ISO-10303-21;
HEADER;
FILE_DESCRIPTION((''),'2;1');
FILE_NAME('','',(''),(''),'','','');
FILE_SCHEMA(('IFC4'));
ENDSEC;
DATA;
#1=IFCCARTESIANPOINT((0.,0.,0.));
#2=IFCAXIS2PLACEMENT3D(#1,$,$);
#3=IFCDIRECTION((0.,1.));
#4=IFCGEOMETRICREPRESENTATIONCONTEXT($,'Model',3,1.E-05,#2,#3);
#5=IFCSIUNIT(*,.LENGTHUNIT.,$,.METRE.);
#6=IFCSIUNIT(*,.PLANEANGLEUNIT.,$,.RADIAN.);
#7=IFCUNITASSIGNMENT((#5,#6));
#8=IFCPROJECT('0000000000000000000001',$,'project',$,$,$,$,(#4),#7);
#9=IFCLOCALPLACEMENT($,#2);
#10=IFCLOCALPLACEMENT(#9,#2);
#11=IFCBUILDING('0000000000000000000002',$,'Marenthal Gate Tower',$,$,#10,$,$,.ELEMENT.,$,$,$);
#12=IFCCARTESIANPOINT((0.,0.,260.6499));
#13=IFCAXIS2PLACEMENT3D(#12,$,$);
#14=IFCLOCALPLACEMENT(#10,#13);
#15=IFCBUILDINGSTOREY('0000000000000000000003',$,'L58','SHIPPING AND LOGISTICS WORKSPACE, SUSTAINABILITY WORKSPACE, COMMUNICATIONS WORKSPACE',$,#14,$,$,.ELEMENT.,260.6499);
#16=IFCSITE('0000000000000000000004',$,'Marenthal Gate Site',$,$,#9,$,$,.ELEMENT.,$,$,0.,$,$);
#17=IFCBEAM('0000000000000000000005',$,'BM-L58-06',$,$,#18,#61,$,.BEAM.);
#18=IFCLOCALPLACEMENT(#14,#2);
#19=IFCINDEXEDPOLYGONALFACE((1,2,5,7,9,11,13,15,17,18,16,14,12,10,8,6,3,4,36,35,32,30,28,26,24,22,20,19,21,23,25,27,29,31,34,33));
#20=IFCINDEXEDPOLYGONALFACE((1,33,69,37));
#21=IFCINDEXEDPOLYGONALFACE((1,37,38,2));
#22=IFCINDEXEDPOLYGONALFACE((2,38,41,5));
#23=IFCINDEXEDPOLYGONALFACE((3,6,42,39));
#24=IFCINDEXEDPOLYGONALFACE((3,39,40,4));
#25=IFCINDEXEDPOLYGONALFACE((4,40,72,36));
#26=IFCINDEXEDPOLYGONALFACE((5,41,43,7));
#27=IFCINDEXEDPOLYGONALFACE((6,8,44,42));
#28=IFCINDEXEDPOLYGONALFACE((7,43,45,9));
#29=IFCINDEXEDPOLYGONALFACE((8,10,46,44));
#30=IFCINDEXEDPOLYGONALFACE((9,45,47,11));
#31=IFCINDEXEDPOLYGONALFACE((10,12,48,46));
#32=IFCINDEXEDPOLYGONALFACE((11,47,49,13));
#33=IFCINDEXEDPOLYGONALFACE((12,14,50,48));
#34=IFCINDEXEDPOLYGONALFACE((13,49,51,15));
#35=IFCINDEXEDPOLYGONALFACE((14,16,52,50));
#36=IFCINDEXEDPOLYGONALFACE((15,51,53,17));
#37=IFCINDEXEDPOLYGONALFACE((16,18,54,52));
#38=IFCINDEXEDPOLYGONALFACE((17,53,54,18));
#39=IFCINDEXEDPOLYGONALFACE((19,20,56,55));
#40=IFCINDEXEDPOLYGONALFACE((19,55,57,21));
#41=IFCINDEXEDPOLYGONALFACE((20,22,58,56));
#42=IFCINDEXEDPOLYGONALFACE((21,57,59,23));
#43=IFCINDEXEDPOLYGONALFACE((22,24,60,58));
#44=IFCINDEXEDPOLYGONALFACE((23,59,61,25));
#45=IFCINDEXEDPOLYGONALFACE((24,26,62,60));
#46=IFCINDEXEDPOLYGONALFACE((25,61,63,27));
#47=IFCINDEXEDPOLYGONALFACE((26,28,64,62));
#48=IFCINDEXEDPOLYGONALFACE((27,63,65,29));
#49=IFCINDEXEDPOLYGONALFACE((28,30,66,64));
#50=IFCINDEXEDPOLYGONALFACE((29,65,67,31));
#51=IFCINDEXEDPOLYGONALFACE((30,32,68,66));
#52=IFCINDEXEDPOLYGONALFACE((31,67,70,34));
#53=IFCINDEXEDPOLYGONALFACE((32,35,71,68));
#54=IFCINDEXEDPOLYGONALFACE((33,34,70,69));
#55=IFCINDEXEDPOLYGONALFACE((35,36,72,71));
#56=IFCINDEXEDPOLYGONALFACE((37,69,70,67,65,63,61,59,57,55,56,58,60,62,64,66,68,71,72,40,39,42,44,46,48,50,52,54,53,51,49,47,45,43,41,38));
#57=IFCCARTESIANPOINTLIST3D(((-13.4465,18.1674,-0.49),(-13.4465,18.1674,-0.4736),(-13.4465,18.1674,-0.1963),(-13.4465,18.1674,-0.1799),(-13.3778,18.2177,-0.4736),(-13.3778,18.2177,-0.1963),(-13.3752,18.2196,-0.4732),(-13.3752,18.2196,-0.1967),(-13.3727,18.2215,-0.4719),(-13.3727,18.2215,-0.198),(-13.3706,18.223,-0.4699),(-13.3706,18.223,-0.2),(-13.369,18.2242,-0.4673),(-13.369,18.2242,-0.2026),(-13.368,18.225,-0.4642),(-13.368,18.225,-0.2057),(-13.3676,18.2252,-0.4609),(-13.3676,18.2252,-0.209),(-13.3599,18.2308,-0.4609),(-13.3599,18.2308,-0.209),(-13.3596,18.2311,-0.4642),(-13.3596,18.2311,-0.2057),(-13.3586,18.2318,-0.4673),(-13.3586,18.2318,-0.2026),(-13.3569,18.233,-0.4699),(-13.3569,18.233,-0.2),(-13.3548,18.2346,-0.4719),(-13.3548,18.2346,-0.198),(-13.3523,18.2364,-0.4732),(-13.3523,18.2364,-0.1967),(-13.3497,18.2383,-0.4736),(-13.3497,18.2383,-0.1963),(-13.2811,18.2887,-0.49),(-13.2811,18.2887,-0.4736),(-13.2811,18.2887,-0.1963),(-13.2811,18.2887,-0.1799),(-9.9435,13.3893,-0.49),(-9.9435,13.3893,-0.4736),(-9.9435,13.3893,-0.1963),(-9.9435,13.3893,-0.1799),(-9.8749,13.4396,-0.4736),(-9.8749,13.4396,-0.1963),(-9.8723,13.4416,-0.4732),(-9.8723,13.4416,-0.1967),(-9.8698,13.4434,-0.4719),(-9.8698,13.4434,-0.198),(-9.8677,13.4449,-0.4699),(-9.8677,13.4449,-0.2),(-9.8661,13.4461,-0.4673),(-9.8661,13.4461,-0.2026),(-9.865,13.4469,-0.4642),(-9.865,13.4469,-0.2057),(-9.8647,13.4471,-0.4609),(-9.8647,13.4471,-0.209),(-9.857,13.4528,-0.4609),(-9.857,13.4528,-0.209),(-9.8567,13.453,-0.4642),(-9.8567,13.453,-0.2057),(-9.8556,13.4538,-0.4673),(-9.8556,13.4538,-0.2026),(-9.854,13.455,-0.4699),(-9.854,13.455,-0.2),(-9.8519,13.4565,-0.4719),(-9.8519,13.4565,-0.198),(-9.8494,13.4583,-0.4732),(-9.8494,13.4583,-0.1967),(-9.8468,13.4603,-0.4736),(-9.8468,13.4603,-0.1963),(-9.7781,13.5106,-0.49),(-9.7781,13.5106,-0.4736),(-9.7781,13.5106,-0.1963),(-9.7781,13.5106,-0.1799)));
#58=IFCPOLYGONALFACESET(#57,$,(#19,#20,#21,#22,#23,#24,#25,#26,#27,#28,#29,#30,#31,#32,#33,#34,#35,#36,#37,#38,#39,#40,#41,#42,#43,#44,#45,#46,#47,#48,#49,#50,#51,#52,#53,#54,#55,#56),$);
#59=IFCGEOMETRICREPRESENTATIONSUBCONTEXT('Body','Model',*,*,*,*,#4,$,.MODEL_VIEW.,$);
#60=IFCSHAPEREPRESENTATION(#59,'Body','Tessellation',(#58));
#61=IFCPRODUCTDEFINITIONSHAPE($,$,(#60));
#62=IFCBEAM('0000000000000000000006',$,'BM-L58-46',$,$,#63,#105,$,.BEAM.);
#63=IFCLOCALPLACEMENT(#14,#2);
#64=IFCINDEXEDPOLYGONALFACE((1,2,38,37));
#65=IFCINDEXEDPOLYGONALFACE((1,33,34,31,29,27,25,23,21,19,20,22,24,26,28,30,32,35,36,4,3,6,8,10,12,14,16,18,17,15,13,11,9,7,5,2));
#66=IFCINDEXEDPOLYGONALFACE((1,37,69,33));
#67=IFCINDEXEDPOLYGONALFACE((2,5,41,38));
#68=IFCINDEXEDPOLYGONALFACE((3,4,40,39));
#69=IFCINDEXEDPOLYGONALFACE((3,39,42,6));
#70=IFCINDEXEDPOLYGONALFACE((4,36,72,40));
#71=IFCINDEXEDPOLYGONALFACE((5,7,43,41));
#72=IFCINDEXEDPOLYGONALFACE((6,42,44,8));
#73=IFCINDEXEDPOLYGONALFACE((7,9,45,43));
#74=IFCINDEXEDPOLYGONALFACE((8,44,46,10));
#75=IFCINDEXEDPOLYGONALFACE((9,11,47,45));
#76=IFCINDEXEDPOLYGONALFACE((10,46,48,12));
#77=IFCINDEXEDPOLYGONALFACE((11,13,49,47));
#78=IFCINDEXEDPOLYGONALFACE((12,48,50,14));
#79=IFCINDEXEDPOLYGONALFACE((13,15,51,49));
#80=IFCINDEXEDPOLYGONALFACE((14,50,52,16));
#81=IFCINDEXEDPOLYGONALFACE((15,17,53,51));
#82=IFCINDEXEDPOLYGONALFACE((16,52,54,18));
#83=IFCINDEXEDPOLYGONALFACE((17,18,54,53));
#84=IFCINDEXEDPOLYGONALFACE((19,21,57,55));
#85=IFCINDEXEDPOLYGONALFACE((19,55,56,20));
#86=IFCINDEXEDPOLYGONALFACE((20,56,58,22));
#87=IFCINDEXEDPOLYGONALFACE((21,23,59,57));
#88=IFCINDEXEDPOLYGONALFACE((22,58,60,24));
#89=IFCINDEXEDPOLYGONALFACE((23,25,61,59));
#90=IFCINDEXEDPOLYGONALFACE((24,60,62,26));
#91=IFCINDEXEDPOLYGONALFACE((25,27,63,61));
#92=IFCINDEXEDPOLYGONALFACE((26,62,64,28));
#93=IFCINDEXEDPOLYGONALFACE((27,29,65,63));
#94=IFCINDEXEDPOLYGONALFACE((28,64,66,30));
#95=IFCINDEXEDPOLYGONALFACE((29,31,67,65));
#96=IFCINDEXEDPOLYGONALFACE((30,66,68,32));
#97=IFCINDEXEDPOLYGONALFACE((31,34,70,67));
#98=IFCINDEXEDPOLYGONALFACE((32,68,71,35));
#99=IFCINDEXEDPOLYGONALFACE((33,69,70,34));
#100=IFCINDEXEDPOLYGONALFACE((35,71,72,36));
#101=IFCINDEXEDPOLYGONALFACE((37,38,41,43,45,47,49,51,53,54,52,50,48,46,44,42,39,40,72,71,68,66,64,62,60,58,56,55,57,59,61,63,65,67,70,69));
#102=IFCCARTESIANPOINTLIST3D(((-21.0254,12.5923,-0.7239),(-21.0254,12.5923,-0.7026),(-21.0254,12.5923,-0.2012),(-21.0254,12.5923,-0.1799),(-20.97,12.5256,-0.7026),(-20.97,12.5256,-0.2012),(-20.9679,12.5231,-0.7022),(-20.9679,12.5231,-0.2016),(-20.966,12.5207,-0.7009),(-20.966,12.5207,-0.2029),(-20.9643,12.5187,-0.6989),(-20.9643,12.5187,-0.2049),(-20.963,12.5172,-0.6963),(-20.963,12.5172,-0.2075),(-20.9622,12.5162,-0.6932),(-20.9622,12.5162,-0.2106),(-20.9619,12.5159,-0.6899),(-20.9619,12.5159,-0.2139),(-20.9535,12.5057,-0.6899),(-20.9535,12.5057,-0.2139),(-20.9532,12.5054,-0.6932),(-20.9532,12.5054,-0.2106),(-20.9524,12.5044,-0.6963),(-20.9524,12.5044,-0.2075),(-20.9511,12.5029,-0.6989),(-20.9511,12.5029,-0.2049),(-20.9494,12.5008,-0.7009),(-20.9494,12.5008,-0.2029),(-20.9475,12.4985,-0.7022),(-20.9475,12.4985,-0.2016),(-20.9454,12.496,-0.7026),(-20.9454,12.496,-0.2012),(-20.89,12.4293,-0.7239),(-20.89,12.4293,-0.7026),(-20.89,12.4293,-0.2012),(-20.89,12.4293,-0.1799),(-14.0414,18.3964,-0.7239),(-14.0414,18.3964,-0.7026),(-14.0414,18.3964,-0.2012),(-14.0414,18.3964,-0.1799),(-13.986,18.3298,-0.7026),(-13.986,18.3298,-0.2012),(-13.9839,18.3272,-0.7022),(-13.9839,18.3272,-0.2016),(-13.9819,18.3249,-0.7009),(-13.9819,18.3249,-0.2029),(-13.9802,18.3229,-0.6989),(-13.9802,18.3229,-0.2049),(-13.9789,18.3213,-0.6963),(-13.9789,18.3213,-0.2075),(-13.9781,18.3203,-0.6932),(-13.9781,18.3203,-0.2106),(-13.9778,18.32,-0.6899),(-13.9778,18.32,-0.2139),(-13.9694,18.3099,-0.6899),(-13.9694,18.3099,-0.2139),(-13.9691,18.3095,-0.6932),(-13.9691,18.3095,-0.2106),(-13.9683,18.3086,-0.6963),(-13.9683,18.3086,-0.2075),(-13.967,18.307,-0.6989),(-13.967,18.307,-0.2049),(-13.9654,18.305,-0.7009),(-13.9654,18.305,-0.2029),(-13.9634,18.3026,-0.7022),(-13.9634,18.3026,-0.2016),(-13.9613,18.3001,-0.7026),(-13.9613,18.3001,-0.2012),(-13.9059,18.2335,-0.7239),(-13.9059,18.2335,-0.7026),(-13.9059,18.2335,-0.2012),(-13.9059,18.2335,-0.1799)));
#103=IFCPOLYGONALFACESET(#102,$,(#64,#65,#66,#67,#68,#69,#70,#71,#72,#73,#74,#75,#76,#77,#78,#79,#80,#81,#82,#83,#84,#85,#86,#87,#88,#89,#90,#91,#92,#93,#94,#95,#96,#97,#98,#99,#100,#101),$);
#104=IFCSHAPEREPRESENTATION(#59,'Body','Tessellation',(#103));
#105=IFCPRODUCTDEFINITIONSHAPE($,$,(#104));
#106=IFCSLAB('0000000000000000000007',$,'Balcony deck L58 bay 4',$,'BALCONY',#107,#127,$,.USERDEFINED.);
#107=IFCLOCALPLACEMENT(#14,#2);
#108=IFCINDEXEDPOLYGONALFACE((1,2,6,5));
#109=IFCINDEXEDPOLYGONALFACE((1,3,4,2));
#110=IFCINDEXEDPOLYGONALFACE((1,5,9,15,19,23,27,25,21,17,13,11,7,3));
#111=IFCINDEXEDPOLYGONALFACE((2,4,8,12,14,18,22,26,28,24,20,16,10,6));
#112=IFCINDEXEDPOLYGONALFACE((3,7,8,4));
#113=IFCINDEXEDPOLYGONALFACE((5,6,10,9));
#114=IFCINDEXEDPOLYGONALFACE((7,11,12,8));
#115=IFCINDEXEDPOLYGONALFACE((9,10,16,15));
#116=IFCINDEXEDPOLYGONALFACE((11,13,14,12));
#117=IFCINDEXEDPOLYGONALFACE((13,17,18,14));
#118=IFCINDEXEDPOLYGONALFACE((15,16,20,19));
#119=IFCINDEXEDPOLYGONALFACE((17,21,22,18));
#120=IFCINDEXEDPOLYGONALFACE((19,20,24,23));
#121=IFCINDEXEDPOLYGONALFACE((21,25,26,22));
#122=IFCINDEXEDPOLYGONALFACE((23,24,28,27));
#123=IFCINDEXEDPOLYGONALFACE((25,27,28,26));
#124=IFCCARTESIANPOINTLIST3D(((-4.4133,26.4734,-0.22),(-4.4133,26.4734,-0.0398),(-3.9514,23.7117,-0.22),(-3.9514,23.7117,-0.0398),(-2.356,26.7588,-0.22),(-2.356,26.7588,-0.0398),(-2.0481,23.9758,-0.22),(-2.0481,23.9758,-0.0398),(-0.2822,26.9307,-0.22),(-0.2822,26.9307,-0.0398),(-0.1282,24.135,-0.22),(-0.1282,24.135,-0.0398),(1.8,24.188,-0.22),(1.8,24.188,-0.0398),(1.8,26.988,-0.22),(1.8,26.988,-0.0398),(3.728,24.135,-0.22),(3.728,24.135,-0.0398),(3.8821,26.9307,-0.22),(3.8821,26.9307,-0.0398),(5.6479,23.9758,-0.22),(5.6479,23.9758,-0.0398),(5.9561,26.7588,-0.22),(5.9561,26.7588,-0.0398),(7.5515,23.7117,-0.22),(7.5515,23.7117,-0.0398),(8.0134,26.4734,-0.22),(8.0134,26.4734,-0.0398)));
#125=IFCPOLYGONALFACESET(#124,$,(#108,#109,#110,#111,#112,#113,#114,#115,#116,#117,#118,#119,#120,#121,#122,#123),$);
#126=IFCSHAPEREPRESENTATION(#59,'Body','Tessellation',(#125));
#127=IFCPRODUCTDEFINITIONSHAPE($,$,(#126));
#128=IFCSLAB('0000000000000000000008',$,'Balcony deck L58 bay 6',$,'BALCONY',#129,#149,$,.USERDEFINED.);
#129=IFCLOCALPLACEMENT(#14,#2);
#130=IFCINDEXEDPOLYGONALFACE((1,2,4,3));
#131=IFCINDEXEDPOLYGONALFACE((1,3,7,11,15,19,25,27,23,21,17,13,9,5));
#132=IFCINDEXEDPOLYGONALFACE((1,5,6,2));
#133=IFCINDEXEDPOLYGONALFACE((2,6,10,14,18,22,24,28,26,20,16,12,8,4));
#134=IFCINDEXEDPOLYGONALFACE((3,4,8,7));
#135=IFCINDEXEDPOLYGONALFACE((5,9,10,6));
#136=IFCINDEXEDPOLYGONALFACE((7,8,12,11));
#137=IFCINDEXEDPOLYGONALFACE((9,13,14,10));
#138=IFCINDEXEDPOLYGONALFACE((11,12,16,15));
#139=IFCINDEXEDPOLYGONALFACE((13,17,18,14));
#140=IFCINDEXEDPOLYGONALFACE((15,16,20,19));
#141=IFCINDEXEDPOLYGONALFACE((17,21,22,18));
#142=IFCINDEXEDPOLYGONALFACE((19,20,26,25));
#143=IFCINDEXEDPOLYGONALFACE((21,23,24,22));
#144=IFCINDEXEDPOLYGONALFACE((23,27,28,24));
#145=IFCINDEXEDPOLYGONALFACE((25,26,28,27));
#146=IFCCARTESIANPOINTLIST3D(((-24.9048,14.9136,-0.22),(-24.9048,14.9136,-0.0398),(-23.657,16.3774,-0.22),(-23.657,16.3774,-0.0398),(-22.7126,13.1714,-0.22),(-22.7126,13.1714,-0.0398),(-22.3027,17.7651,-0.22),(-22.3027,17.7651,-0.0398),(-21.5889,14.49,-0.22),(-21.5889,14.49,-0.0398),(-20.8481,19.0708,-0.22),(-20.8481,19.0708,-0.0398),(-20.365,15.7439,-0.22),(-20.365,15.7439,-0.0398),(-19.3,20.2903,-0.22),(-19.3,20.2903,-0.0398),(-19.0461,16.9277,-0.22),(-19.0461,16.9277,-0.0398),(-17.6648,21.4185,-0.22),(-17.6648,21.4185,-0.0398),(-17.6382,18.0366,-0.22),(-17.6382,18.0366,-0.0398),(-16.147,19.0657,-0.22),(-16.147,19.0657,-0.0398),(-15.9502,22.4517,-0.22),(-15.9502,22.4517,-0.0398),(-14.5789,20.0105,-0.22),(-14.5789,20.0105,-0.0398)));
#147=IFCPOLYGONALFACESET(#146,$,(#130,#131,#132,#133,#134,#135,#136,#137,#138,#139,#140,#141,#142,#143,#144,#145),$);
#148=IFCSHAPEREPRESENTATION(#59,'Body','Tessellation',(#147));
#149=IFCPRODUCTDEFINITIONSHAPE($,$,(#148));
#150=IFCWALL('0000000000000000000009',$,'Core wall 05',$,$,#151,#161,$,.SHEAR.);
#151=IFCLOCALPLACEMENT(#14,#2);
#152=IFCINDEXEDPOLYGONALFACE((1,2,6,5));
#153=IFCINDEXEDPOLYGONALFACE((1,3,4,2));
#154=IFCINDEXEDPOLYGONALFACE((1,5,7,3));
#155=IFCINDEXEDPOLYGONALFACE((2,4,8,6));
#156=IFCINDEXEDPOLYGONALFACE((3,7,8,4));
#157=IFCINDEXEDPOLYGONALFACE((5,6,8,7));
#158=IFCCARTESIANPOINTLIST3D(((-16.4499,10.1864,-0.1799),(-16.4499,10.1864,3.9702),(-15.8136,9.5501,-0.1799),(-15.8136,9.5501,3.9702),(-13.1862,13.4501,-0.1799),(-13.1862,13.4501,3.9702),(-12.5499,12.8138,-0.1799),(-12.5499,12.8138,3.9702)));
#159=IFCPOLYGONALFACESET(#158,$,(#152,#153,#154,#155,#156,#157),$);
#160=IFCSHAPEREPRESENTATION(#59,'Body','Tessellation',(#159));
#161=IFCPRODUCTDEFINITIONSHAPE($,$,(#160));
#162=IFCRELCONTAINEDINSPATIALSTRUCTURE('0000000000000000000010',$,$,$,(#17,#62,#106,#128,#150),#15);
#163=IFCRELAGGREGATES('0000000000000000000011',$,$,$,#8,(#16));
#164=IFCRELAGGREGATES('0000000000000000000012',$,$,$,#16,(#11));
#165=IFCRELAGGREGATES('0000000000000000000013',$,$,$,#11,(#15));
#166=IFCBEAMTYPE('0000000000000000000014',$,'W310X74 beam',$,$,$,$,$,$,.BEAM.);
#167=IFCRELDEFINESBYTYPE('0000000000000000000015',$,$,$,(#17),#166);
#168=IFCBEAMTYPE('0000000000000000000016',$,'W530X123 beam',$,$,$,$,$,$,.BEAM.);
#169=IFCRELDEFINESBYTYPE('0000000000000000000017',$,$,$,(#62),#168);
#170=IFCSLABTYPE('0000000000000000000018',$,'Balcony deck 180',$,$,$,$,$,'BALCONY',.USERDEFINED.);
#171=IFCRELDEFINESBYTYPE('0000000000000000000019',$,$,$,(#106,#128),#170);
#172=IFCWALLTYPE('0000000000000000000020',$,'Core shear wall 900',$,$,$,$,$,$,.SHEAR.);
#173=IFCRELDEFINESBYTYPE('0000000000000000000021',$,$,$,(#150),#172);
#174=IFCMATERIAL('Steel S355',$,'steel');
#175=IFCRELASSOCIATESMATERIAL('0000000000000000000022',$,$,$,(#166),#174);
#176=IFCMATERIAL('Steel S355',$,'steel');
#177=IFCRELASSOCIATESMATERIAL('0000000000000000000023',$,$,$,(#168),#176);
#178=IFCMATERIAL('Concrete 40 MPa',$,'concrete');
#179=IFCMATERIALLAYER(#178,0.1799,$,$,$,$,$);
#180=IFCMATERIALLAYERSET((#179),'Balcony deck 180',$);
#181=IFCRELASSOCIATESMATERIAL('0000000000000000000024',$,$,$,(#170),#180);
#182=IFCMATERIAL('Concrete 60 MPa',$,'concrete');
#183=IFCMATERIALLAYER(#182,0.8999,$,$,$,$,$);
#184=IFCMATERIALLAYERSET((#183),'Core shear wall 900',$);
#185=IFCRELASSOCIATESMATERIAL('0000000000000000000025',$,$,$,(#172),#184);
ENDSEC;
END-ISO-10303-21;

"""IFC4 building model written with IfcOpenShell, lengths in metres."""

from ifc_helpers import new_model, si_unit, direction, frame, frame_2d, origin, origin_2d, place, context, subcontext, project, spatial, polyline, rectangle, i_section, outline, extrude, material, layer, layer_set, material_profile, profile_set, type_object, element, save


model = new_model("IFC4")

# Units and contexts
model_context = context("Model", 3, precision=1e-05, world=origin(), true_north=direction((0.0, 1.0)))
body_context = subcontext(model_context, "Body", "Model", "MODEL_VIEW")
ifc_project = project(units=[si_unit("LENGTHUNIT", "METRE"), si_unit("PLANEANGLEUNIT", "RADIAN")], contexts=[model_context])

# Site, building, storey
site_placement = place(None, origin())
site = spatial("IfcSite", under=ifc_project, at=site_placement, Name="Marenthal Gate Site", CompositionType="ELEMENT", RefElevation=0.0)
building_placement = place(site_placement, origin())
building = spatial("IfcBuilding", under=site, at=building_placement, Name="Marenthal Gate Tower", CompositionType="ELEMENT")
storey_placement = place(building_placement, frame((0.0, 0.0, 260.6499)))
storey = spatial("IfcBuildingStorey", under=building, at=storey_placement, Name="L58", Description="SHIPPING AND LOGISTICS WORKSPACE, SUSTAINABILITY WORKSPACE, COMMUNICATIONS WORKSPACE", CompositionType="ELEMENT", Elevation=260.6499)

# Beams
ifc_material_1 = material(Name="Steel S355", Category="steel")
ifc_material_profile_1 = material_profile(ifc_material_1, i_section(OverallWidth=0.2051, OverallDepth=0.3101, WebThickness=0.0095, FlangeThickness=0.0164, FilletRadius=0.0127, at=origin_2d()), Name="W310X74")
ifc_profile_set_1 = profile_set([ifc_material_profile_1], Name="Steel S355")
beam_type_1 = type_object("IfcBeamType", Name="W310X74 beam", PredefinedType="BEAM", material=ifc_profile_set_1)
beam_1_placement = place(storey_placement, frame((-13.3638, 18.228, -0.335), z_axis=(0.591255, -0.806485, 0.0), x_axis=(0.806485, 0.591255, 0.0)))
element("IfcBeam", 1, at=beam_1_placement, inside=storey, type_object=beam_type_1, Name="BM-L58-06", PredefinedType="BEAM", context=body_context, shape_type="SweptSolid", body=[
    extrude(i_section(OverallWidth=0.2051, OverallDepth=0.3101, WebThickness=0.0095, FlangeThickness=0.0164, FilletRadius=0.0127, at=origin_2d()), origin(), (0.0, 0.0, 1.0), 5.9246),
])
ifc_material_2 = material(Name="Steel S355", Category="steel")
ifc_material_profile_2 = material_profile(ifc_material_2, i_section(OverallWidth=0.2119, OverallDepth=0.5439, WebThickness=0.0132, FlangeThickness=0.0212, FilletRadius=0.0127, at=origin_2d()), Name="W530X123")
ifc_profile_set_2 = profile_set([ifc_material_profile_2], Name="Steel S355")
beam_type_2 = type_object("IfcBeamType", Name="W530X123 beam", PredefinedType="BEAM", material=ifc_profile_set_2)
beam_2_placement = place(storey_placement, frame((-13.9736, 18.3149, -0.4519), z_axis=(-0.769082, -0.63915, 0.0), x_axis=(0.63915, -0.769082, 0.0)))
element("IfcBeam", 2, at=beam_2_placement, inside=storey, type_object=beam_type_2, Name="BM-L58-46", PredefinedType="BEAM", context=body_context, shape_type="SweptSolid", body=[
    extrude(i_section(OverallWidth=0.2119, OverallDepth=0.5439, WebThickness=0.0132, FlangeThickness=0.0212, FilletRadius=0.0127, at=origin_2d()), origin(), (0.0, 0.0, 1.0), 9.0811),
])

# Slabs
ifc_material_3 = material(Name="Concrete 40 MPa", Category="concrete")
ifc_layer_1 = layer(ifc_material_3, 0.1799)
ifc_layer_set_1 = layer_set([ifc_layer_1], Name="Balcony deck 180")
slab_type = type_object("IfcSlabType", Name="Balcony deck 180", ElementType="BALCONY", PredefinedType="USERDEFINED", material=ifc_layer_set_1)
slab_1_placement = place(storey_placement, frame((0.0, 0.0, -0.22)))
element("IfcSlab", 3, at=slab_1_placement, inside=storey, type_object=slab_type, Name="Balcony deck L58 bay 4", ObjectType="BALCONY", PredefinedType="USERDEFINED", context=body_context, shape_type="SweptSolid", body=[
    extrude(outline(polyline([(7.5515, 23.7117), (5.6479, 23.9758), (3.728, 24.135), (1.8, 24.188), (-0.1282, 24.135), (-2.0481, 23.9758), (-3.9514, 23.7117), (-4.4133, 26.4734), (-2.356, 26.7588), (-0.2822, 26.9307), (1.8, 26.988), (3.8821, 26.9307), (5.9561, 26.7588), (8.0134, 26.4734), (7.5515, 23.7117)])), origin(), (0.0, 0.0, 1.0), 0.1802),
])
slab_2_placement = place(storey_placement, frame((0.0, 0.0, -0.22)))
element("IfcSlab", 4, at=slab_2_placement, inside=storey, type_object=slab_type, Name="Balcony deck L58 bay 6", ObjectType="BALCONY", PredefinedType="USERDEFINED", context=body_context, shape_type="SweptSolid", body=[
    extrude(outline(polyline([(-14.5789, 20.0105), (-16.147, 19.0657), (-17.6382, 18.0366), (-19.0461, 16.9277), (-20.365, 15.7439), (-21.5889, 14.49), (-22.7126, 13.1714), (-24.9048, 14.9136), (-23.657, 16.3774), (-22.3027, 17.7651), (-20.8481, 19.0708), (-19.3, 20.2903), (-17.6648, 21.4185), (-15.9502, 22.4517), (-14.5789, 20.0105)])), origin(), (0.0, 0.0, 1.0), 0.1802),
])

# Wall
ifc_material_4 = material(Name="Concrete 60 MPa", Category="concrete")
ifc_layer_2 = layer(ifc_material_4, 0.8999)
ifc_layer_set_2 = layer_set([ifc_layer_2], Name="Core shear wall 900")
wall_type_1 = type_object("IfcWallType", Name="Core shear wall 900", PredefinedType="SHEAR", material=ifc_layer_set_2)
wall_1_placement = place(storey_placement, frame((-12.8682, 13.1318, -0.1799), z_axis=(0.0, 0.0, 1.0), x_axis=(-0.707107, -0.707107, 0.0)))
element("IfcWall", 5, at=wall_1_placement, inside=storey, type_object=wall_type_1, Name="Core wall 05", PredefinedType="SHEAR", context=body_context, shape_type="SweptSolid", body=[
    extrude(rectangle(XDim=4.6155, YDim=0.8999, at=frame_2d((2.3076, 0.0))), origin(), (0.0, 0.0, 1.0), 4.1501),
])

save(model, "model.ifc")
